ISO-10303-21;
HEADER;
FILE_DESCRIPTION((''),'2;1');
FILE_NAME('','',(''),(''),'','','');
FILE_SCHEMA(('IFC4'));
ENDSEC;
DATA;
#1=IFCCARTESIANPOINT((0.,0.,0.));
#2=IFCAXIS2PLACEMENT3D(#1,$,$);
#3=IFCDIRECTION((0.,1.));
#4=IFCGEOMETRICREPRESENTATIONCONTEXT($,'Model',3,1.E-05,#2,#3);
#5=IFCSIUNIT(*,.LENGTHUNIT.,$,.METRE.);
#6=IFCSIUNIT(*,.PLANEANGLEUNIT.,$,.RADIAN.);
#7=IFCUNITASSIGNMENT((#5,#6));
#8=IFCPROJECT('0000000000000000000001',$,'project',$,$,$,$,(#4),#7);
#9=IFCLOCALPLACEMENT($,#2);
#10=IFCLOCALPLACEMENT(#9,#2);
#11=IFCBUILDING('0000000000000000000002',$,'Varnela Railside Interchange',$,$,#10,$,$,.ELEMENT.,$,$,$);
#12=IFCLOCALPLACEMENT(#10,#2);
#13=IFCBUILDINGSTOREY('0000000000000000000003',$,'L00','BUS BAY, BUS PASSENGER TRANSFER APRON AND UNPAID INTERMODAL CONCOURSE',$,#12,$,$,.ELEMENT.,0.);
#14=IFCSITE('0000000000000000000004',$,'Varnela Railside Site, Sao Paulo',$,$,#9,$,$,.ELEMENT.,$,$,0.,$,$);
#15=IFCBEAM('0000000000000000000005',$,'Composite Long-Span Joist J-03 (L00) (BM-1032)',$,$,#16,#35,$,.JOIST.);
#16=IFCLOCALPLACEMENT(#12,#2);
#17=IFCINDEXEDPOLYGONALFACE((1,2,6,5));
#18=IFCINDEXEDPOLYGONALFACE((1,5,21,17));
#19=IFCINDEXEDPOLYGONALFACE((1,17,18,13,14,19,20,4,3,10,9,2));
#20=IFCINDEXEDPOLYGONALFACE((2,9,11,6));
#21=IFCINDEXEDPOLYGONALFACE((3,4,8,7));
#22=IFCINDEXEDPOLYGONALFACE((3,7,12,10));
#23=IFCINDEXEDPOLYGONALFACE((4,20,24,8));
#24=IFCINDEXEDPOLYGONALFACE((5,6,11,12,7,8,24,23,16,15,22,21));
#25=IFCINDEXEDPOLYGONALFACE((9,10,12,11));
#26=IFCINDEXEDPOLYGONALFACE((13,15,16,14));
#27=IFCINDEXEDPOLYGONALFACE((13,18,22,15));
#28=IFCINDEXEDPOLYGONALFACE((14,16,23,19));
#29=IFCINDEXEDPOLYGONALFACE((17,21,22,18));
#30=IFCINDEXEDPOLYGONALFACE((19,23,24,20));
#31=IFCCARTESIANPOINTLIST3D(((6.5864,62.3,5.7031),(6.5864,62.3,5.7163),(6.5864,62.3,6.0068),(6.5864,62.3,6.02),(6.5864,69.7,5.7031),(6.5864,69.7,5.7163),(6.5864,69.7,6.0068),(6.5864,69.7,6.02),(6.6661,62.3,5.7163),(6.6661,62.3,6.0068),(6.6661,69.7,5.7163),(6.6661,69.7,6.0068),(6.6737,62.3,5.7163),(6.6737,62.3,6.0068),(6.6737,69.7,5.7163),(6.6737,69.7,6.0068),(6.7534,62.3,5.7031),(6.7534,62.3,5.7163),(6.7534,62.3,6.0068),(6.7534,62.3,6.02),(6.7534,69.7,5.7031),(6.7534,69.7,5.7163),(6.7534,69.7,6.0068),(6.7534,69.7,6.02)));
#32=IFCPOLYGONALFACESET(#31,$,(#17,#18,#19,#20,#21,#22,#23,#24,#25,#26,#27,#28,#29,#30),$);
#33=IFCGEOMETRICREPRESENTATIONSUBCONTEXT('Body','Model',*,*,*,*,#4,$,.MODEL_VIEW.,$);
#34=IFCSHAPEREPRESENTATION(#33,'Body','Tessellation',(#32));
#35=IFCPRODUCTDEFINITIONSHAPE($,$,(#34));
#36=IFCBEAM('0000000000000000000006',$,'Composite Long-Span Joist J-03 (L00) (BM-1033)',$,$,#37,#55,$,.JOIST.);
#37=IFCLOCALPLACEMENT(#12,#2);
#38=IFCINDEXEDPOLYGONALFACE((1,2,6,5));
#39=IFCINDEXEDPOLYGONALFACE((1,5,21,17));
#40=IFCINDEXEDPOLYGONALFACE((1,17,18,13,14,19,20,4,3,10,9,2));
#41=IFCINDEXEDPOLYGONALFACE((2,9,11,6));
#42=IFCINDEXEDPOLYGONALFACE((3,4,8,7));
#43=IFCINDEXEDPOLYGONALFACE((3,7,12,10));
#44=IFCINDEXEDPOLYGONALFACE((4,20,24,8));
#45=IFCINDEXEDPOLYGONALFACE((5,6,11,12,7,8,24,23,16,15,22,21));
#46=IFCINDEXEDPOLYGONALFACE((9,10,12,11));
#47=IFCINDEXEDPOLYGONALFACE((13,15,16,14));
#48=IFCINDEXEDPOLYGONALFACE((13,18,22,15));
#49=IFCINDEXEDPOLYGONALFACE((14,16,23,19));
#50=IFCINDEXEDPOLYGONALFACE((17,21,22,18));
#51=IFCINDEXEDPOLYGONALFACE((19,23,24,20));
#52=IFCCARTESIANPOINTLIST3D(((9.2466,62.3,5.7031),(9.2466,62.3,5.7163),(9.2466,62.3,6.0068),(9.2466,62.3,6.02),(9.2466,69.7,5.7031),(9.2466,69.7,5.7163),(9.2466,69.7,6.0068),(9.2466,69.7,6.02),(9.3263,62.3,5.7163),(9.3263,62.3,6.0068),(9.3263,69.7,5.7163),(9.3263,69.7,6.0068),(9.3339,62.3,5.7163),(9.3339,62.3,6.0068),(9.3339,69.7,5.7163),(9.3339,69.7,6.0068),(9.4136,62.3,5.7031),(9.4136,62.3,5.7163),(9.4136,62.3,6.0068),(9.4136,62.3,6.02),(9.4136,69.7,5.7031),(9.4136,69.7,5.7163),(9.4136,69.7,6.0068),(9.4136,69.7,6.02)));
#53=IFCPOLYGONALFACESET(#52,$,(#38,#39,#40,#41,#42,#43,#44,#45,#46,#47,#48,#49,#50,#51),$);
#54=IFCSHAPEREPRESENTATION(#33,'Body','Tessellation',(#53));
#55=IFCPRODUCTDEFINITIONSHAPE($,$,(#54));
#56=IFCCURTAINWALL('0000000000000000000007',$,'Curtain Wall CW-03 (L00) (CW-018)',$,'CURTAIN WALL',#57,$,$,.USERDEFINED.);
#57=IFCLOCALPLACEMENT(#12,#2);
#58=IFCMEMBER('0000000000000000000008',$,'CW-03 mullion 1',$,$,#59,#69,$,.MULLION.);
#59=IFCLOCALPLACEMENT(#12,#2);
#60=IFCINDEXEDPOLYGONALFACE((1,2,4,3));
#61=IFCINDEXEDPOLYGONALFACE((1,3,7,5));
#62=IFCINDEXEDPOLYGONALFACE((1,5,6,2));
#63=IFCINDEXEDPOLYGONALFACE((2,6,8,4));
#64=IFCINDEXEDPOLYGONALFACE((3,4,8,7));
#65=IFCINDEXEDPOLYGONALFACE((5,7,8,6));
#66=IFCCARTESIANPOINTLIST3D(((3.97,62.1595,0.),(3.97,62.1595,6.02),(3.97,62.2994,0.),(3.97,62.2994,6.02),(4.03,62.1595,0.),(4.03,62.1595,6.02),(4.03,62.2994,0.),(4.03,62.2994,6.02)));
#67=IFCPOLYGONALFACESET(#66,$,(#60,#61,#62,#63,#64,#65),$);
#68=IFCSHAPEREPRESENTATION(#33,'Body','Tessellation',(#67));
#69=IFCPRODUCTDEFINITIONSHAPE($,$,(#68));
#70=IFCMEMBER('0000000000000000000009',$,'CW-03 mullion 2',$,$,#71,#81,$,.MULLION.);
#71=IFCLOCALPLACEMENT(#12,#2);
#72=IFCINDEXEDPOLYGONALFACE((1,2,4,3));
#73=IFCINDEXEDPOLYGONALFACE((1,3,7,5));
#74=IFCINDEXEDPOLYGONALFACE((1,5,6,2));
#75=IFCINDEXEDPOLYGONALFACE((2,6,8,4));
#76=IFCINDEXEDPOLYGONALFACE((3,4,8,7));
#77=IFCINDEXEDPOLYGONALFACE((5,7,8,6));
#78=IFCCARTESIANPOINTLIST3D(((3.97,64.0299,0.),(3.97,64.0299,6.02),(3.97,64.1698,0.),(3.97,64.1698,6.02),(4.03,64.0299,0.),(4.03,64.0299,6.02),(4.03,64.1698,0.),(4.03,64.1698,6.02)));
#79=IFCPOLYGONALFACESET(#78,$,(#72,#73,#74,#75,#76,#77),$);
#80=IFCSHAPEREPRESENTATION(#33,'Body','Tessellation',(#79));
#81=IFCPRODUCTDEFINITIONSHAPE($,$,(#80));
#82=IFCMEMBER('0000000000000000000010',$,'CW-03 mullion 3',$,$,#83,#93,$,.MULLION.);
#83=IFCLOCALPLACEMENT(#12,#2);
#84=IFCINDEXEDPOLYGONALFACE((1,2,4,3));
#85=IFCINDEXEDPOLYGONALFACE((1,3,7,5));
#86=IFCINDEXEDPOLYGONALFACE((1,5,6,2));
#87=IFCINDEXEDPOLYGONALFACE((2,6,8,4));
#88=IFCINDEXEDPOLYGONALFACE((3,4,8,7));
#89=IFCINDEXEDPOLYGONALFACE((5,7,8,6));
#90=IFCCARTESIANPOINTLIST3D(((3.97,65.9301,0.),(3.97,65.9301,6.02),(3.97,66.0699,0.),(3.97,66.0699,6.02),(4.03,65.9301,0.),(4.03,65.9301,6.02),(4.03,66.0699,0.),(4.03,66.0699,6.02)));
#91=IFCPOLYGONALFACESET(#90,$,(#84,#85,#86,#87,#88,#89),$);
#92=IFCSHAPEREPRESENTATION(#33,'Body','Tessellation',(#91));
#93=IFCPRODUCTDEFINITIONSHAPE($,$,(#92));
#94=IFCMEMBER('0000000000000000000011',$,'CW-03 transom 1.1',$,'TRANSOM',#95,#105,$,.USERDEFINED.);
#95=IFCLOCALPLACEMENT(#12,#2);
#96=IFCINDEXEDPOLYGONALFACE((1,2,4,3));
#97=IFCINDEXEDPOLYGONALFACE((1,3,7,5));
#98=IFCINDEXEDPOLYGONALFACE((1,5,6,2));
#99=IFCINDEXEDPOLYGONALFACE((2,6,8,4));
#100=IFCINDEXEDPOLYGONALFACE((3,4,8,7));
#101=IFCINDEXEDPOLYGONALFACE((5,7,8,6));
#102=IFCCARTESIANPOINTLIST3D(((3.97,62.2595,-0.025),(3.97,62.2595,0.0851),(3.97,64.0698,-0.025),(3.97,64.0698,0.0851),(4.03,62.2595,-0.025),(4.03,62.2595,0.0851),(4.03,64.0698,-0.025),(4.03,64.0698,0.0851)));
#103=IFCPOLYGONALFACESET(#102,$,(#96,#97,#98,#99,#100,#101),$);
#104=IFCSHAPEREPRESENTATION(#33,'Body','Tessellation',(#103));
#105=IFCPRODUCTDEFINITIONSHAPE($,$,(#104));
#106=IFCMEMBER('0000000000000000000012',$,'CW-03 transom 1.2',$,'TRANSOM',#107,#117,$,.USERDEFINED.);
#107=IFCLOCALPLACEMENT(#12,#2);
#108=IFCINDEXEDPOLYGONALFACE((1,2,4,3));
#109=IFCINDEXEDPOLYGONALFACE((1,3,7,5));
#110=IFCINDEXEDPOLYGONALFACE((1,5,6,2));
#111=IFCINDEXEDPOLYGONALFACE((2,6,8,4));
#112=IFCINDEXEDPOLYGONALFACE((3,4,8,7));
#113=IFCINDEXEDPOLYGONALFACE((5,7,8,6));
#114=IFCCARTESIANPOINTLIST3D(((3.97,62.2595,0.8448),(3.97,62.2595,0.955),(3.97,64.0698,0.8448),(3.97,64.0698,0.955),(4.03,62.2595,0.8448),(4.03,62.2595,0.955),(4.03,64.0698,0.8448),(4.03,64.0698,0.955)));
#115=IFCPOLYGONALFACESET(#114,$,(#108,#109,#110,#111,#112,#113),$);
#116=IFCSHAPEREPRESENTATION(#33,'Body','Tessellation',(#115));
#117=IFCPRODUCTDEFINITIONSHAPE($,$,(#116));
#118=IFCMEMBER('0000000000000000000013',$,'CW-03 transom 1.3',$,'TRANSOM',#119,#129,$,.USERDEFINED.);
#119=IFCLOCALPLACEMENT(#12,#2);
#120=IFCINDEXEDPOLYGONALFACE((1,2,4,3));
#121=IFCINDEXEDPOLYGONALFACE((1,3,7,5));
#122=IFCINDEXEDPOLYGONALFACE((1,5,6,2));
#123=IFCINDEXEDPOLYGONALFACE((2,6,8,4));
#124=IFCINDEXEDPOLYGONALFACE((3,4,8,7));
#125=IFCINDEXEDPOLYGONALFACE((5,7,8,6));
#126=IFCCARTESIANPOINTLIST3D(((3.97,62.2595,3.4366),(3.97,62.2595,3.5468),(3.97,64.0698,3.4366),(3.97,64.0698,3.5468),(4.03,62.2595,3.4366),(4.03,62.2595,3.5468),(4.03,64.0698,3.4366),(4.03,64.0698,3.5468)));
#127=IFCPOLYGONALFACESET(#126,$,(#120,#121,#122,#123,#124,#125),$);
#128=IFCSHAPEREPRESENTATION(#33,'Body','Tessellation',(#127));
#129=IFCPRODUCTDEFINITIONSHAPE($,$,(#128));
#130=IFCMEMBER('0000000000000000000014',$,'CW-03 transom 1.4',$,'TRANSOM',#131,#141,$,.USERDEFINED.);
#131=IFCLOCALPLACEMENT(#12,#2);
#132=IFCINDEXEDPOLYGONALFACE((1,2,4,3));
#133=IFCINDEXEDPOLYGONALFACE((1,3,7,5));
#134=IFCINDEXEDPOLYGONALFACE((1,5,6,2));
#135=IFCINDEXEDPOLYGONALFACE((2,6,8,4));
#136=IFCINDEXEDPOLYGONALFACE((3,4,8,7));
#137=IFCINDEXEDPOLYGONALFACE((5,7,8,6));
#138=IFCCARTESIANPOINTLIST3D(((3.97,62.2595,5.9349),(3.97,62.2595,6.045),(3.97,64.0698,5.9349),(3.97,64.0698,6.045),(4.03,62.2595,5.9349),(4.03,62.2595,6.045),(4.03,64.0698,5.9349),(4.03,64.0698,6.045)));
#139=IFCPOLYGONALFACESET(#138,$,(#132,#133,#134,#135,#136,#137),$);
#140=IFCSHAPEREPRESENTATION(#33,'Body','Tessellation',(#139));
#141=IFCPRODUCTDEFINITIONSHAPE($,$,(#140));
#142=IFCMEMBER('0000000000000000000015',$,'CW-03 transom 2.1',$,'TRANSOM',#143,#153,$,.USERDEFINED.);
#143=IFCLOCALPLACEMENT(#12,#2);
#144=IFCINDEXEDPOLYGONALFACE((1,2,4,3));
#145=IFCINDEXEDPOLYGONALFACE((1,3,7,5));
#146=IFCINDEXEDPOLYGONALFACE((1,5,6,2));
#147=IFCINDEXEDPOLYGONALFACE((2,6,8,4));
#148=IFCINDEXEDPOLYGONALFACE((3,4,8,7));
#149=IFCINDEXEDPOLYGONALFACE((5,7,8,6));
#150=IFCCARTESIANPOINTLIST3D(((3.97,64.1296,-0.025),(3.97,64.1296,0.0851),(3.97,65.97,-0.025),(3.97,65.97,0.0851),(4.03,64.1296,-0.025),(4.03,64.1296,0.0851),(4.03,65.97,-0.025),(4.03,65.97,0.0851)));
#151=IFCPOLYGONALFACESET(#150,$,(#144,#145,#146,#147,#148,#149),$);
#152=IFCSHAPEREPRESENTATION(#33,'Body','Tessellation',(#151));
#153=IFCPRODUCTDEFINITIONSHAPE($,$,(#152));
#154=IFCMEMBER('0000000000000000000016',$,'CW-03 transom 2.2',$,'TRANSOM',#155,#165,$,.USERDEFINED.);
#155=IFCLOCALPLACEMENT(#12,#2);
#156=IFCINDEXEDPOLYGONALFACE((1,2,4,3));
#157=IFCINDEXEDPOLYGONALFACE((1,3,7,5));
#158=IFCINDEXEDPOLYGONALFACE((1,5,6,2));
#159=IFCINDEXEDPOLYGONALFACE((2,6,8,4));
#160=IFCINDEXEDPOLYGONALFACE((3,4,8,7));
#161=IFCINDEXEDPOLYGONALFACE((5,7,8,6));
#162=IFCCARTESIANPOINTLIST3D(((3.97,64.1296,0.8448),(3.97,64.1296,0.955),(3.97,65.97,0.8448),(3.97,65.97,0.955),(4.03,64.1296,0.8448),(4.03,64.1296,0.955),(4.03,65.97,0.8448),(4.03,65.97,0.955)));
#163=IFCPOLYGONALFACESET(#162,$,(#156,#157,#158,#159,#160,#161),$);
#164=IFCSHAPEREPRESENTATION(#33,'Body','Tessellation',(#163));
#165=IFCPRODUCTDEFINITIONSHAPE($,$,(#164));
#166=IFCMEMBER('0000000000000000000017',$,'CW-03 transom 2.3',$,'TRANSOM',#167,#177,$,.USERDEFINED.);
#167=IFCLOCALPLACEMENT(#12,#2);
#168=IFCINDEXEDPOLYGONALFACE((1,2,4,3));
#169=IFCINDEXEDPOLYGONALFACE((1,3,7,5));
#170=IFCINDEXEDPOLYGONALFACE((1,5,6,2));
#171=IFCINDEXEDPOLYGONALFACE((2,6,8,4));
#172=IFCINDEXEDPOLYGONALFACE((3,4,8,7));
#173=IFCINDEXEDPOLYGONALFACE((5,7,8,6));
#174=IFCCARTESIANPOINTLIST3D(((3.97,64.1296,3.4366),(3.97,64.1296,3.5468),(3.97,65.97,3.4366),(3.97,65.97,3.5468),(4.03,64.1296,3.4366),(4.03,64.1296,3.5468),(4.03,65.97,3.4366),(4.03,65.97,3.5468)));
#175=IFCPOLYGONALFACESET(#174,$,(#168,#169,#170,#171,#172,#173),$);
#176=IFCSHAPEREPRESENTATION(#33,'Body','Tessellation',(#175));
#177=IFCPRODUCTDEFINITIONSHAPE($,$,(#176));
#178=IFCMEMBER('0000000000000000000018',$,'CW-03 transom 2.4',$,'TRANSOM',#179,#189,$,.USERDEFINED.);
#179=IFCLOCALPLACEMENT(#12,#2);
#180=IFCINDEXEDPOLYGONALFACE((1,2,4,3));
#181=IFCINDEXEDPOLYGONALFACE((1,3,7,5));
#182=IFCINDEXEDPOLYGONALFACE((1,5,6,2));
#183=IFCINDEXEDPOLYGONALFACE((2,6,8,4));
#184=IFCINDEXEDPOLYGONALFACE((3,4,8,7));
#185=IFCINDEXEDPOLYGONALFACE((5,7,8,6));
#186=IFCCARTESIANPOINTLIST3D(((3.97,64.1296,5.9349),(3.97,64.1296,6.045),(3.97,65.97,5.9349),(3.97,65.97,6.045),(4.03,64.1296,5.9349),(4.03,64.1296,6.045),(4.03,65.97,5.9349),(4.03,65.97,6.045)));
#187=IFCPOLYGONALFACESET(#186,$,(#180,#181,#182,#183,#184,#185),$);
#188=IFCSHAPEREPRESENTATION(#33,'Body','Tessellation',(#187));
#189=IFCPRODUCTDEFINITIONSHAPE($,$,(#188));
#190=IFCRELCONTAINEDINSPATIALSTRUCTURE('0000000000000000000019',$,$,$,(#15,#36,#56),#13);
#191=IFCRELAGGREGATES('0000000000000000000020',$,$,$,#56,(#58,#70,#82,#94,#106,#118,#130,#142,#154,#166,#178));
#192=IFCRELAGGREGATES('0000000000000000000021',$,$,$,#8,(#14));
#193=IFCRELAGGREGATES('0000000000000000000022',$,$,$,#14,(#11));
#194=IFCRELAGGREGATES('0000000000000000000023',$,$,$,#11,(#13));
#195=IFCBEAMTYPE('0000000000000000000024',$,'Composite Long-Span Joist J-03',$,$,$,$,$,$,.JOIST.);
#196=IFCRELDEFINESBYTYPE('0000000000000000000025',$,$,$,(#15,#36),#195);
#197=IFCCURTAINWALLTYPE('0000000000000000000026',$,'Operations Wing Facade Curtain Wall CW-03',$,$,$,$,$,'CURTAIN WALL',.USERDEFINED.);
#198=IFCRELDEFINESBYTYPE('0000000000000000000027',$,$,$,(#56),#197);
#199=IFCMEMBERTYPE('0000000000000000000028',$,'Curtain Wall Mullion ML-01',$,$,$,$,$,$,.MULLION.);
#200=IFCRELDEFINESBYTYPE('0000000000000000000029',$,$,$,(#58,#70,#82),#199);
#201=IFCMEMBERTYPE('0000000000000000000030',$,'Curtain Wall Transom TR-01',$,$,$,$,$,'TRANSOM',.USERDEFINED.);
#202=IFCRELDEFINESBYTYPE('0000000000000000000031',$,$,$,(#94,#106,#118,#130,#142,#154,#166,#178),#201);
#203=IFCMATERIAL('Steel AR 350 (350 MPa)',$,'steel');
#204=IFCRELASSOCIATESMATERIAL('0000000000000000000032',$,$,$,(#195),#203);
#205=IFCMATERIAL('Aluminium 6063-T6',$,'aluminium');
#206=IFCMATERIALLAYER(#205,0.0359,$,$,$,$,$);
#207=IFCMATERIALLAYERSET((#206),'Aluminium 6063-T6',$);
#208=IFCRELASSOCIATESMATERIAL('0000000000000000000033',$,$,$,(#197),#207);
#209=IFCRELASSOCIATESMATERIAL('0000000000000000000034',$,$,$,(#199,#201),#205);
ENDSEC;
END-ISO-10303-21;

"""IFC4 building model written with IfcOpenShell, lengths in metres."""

from ifc_helpers import new_model, si_unit, direction, frame, origin, origin_2d, place, context, subcontext, project, spatial, rectangle, i_section, extrude, material, layer, layer_set, material_profile, profile_set, type_object, element, aggregate, save


model = new_model("IFC4")

# Units and contexts
model_context = context("Model", 3, precision=1e-05, world=origin(), true_north=direction((0.0, 1.0)))
body_context = subcontext(model_context, "Body", "Model", "MODEL_VIEW")
ifc_project = project(units=[si_unit("LENGTHUNIT", "METRE"), si_unit("PLANEANGLEUNIT", "RADIAN")], contexts=[model_context])

# Site, building, storey
site_placement = place(None, origin())
site = spatial("IfcSite", under=ifc_project, at=site_placement, Name="Varnela Railside Site, Sao Paulo", CompositionType="ELEMENT", RefElevation=0.0)
building_placement = place(site_placement, origin())
building = spatial("IfcBuilding", under=site, at=building_placement, Name="Varnela Railside Interchange", CompositionType="ELEMENT")
storey_placement = place(building_placement, origin())
storey = spatial("IfcBuildingStorey", under=building, at=storey_placement, Name="L00", Description="BUS BAY, BUS PASSENGER TRANSFER APRON AND UNPAID INTERMODAL CONCOURSE", CompositionType="ELEMENT", Elevation=0.0)

# Beams
ifc_material_1 = material(Name="Steel AR 350 (350 MPa)", Category="steel")
ifc_material_profile_1 = material_profile(ifc_material_1, i_section(OverallWidth=0.167, OverallDepth=0.3169, WebThickness=0.0076, FlangeThickness=0.0132, at=origin_2d()), Name="W310x52")
ifc_profile_set_1 = profile_set([ifc_material_profile_1], Name="Steel AR 350 (350 MPa)")
beam_type_1 = type_object("IfcBeamType", Name="Composite Long-Span Joist J-03", PredefinedType="JOIST", material=ifc_profile_set_1)
for number, where, z_axis, x_axis, name in (
    (1, (6.6699, 62.3, 5.8616), (0.0, 1.0, 0.0), (-1.0, 0.0, 0.0), "Composite Long-Span Joist J-03 (L00) (BM-1032)"),
    (2, (9.3301, 62.3, 5.8616), (0.0, 1.0, 0.0), (-1.0, 0.0, 0.0), "Composite Long-Span Joist J-03 (L00) (BM-1033)"),
):
    element("IfcBeam", number, at=place(storey_placement, frame(where, z_axis=z_axis, x_axis=x_axis)), inside=storey, type_object=beam_type_1, Name=name, PredefinedType="JOIST", context=body_context, shape_type="SweptSolid", body=[
        extrude(i_section(OverallWidth=0.167, OverallDepth=0.3169, WebThickness=0.0076, FlangeThickness=0.0132, at=origin_2d()), origin(), (0.0, 0.0, 1.0), 7.3999),
    ])

# Curtain wall, members
ifc_material_2 = material(Name="Aluminium 6063-T6", Category="aluminium")
ifc_layer_1 = layer(ifc_material_2, 0.0359)
ifc_layer_set_1 = layer_set([ifc_layer_1], Name="Aluminium 6063-T6")
curtain_wall_type = type_object("IfcCurtainWallType", Name="Operations Wing Facade Curtain Wall CW-03", ElementType="CURTAIN WALL", PredefinedType="USERDEFINED", material=ifc_layer_set_1)
curtain_wall_placement = place(storey_placement, origin())
curtain_wall = element("IfcCurtainWall", 3, at=curtain_wall_placement, inside=storey, type_object=curtain_wall_type, Name="Curtain Wall CW-03 (L00) (CW-018)", ObjectType="CURTAIN WALL", PredefinedType="USERDEFINED")
ifc_material_profile_2 = material_profile(ifc_material_2, rectangle(XDim=0.0601, YDim=0.1399, at=origin_2d()), Name="ALU 60x140")
ifc_profile_set_2 = profile_set([ifc_material_profile_2], Name="Aluminium 6063-T6")
member_type_1 = type_object("IfcMemberType", Name="Curtain Wall Mullion ML-01", PredefinedType="MULLION", material=ifc_profile_set_2)
member_1_placement = place(storey_placement, frame((4.0, 62.2295, 0.0), z_axis=(0.0, 0.0, 1.0), x_axis=(-1.0, 0.0, 0.0)))
member_1 = element("IfcMember", 4, at=member_1_placement, type_object=member_type_1, Name="CW-03 mullion 1", PredefinedType="MULLION", context=body_context, shape_type="SweptSolid", body=[
    extrude(rectangle(XDim=0.0601, YDim=0.1399, at=origin_2d()), origin(), (0.0, 0.0, 1.0), 6.02),
])
member_2_placement = place(storey_placement, frame((4.0, 64.0999, 0.0), z_axis=(0.0, 0.0, 1.0), x_axis=(-1.0, 0.0, 0.0)))
member_2 = element("IfcMember", 5, at=member_2_placement, type_object=member_type_1, Name="CW-03 mullion 2", PredefinedType="MULLION", context=body_context, shape_type="SweptSolid", body=[
    extrude(rectangle(XDim=0.0601, YDim=0.1399, at=origin_2d()), origin(), (0.0, 0.0, 1.0), 6.02),
])
member_3_placement = place(storey_placement, frame((4.0, 66.0, 0.0), z_axis=(0.0, 0.0, 1.0), x_axis=(-1.0, 0.0, 0.0)))
member_3 = element("IfcMember", 6, at=member_3_placement, type_object=member_type_1, Name="CW-03 mullion 3", PredefinedType="MULLION", context=body_context, shape_type="SweptSolid", body=[
    extrude(rectangle(XDim=0.0601, YDim=0.1399, at=origin_2d()), origin(), (0.0, 0.0, 1.0), 6.02),
])
ifc_material_profile_3 = material_profile(ifc_material_2, rectangle(XDim=0.0601, YDim=0.1101, at=origin_2d()), Name="ALU 60x110")
ifc_profile_set_3 = profile_set([ifc_material_profile_3], Name="Aluminium 6063-T6")
member_type_2 = type_object("IfcMemberType", Name="Curtain Wall Transom TR-01", ElementType="TRANSOM", PredefinedType="USERDEFINED", material=ifc_profile_set_3)
member_4_placement = place(storey_placement, frame((4.0, 62.2595, 0.03), z_axis=(0.0, 1.0, 0.0), x_axis=(-1.0, 0.0, 0.0)))
member_4 = element("IfcMember", 7, at=member_4_placement, type_object=member_type_2, Name="CW-03 transom 1.1", ObjectType="TRANSOM", PredefinedType="USERDEFINED", context=body_context, shape_type="SweptSolid", body=[
    extrude(rectangle(XDim=0.0601, YDim=0.1101, at=origin_2d()), origin(), (0.0, 0.0, 1.0), 1.8103),
])
member_5_placement = place(storey_placement, frame((4.0, 62.2595, 0.8999), z_axis=(0.0, 1.0, 0.0), x_axis=(-1.0, 0.0, 0.0)))
member_5 = element("IfcMember", 8, at=member_5_placement, type_object=member_type_2, Name="CW-03 transom 1.2", ObjectType="TRANSOM", PredefinedType="USERDEFINED", context=body_context, shape_type="SweptSolid", body=[
    extrude(rectangle(XDim=0.0601, YDim=0.1101, at=origin_2d()), origin(), (0.0, 0.0, 1.0), 1.8103),
])
member_6_placement = place(storey_placement, frame((4.0, 62.2595, 3.4917), z_axis=(0.0, 1.0, 0.0), x_axis=(-1.0, 0.0, 0.0)))
member_6 = element("IfcMember", 9, at=member_6_placement, type_object=member_type_2, Name="CW-03 transom 1.3", ObjectType="TRANSOM", PredefinedType="USERDEFINED", context=body_context, shape_type="SweptSolid", body=[
    extrude(rectangle(XDim=0.0601, YDim=0.1101, at=origin_2d()), origin(), (0.0, 0.0, 1.0), 1.8103),
])
member_7_placement = place(storey_placement, frame((4.0, 62.2595, 5.99), z_axis=(0.0, 1.0, 0.0), x_axis=(-1.0, 0.0, 0.0)))
member_7 = element("IfcMember", 10, at=member_7_placement, type_object=member_type_2, Name="CW-03 transom 1.4", ObjectType="TRANSOM", PredefinedType="USERDEFINED", context=body_context, shape_type="SweptSolid", body=[
    extrude(rectangle(XDim=0.0601, YDim=0.1101, at=origin_2d()), origin(), (0.0, 0.0, 1.0), 1.8103),
])
member_8_placement = place(storey_placement, frame((4.0, 64.1296, 0.03), z_axis=(0.0, 1.0, 0.0), x_axis=(-1.0, 0.0, 0.0)))
member_8 = element("IfcMember", 11, at=member_8_placement, type_object=member_type_2, Name="CW-03 transom 2.1", ObjectType="TRANSOM", PredefinedType="USERDEFINED", context=body_context, shape_type="SweptSolid", body=[
    extrude(rectangle(XDim=0.0601, YDim=0.1101, at=origin_2d()), origin(), (0.0, 0.0, 1.0), 1.8403),
])
member_9_placement = place(storey_placement, frame((4.0, 64.1296, 0.8999), z_axis=(0.0, 1.0, 0.0), x_axis=(-1.0, 0.0, 0.0)))
member_9 = element("IfcMember", 12, at=member_9_placement, type_object=member_type_2, Name="CW-03 transom 2.2", ObjectType="TRANSOM", PredefinedType="USERDEFINED", context=body_context, shape_type="SweptSolid", body=[
    extrude(rectangle(XDim=0.0601, YDim=0.1101, at=origin_2d()), origin(), (0.0, 0.0, 1.0), 1.8403),
])
member_10_placement = place(storey_placement, frame((4.0, 64.1296, 3.4917), z_axis=(0.0, 1.0, 0.0), x_axis=(-1.0, 0.0, 0.0)))
member_10 = element("IfcMember", 13, at=member_10_placement, type_object=member_type_2, Name="CW-03 transom 2.3", ObjectType="TRANSOM", PredefinedType="USERDEFINED", context=body_context, shape_type="SweptSolid", body=[
    extrude(rectangle(XDim=0.0601, YDim=0.1101, at=origin_2d()), origin(), (0.0, 0.0, 1.0), 1.8403),
])
member_11_placement = place(storey_placement, frame((4.0, 64.1296, 5.99), z_axis=(0.0, 1.0, 0.0), x_axis=(-1.0, 0.0, 0.0)))
member_11 = element("IfcMember", 14, at=member_11_placement, type_object=member_type_2, Name="CW-03 transom 2.4", ObjectType="TRANSOM", PredefinedType="USERDEFINED", context=body_context, shape_type="SweptSolid", body=[
    extrude(rectangle(XDim=0.0601, YDim=0.1101, at=origin_2d()), origin(), (0.0, 0.0, 1.0), 1.8403),
])

aggregate(curtain_wall, [member_1, member_2, member_3, member_4, member_5, member_6, member_7, member_8, member_9, member_10, member_11])

save(model, "model.ifc")
